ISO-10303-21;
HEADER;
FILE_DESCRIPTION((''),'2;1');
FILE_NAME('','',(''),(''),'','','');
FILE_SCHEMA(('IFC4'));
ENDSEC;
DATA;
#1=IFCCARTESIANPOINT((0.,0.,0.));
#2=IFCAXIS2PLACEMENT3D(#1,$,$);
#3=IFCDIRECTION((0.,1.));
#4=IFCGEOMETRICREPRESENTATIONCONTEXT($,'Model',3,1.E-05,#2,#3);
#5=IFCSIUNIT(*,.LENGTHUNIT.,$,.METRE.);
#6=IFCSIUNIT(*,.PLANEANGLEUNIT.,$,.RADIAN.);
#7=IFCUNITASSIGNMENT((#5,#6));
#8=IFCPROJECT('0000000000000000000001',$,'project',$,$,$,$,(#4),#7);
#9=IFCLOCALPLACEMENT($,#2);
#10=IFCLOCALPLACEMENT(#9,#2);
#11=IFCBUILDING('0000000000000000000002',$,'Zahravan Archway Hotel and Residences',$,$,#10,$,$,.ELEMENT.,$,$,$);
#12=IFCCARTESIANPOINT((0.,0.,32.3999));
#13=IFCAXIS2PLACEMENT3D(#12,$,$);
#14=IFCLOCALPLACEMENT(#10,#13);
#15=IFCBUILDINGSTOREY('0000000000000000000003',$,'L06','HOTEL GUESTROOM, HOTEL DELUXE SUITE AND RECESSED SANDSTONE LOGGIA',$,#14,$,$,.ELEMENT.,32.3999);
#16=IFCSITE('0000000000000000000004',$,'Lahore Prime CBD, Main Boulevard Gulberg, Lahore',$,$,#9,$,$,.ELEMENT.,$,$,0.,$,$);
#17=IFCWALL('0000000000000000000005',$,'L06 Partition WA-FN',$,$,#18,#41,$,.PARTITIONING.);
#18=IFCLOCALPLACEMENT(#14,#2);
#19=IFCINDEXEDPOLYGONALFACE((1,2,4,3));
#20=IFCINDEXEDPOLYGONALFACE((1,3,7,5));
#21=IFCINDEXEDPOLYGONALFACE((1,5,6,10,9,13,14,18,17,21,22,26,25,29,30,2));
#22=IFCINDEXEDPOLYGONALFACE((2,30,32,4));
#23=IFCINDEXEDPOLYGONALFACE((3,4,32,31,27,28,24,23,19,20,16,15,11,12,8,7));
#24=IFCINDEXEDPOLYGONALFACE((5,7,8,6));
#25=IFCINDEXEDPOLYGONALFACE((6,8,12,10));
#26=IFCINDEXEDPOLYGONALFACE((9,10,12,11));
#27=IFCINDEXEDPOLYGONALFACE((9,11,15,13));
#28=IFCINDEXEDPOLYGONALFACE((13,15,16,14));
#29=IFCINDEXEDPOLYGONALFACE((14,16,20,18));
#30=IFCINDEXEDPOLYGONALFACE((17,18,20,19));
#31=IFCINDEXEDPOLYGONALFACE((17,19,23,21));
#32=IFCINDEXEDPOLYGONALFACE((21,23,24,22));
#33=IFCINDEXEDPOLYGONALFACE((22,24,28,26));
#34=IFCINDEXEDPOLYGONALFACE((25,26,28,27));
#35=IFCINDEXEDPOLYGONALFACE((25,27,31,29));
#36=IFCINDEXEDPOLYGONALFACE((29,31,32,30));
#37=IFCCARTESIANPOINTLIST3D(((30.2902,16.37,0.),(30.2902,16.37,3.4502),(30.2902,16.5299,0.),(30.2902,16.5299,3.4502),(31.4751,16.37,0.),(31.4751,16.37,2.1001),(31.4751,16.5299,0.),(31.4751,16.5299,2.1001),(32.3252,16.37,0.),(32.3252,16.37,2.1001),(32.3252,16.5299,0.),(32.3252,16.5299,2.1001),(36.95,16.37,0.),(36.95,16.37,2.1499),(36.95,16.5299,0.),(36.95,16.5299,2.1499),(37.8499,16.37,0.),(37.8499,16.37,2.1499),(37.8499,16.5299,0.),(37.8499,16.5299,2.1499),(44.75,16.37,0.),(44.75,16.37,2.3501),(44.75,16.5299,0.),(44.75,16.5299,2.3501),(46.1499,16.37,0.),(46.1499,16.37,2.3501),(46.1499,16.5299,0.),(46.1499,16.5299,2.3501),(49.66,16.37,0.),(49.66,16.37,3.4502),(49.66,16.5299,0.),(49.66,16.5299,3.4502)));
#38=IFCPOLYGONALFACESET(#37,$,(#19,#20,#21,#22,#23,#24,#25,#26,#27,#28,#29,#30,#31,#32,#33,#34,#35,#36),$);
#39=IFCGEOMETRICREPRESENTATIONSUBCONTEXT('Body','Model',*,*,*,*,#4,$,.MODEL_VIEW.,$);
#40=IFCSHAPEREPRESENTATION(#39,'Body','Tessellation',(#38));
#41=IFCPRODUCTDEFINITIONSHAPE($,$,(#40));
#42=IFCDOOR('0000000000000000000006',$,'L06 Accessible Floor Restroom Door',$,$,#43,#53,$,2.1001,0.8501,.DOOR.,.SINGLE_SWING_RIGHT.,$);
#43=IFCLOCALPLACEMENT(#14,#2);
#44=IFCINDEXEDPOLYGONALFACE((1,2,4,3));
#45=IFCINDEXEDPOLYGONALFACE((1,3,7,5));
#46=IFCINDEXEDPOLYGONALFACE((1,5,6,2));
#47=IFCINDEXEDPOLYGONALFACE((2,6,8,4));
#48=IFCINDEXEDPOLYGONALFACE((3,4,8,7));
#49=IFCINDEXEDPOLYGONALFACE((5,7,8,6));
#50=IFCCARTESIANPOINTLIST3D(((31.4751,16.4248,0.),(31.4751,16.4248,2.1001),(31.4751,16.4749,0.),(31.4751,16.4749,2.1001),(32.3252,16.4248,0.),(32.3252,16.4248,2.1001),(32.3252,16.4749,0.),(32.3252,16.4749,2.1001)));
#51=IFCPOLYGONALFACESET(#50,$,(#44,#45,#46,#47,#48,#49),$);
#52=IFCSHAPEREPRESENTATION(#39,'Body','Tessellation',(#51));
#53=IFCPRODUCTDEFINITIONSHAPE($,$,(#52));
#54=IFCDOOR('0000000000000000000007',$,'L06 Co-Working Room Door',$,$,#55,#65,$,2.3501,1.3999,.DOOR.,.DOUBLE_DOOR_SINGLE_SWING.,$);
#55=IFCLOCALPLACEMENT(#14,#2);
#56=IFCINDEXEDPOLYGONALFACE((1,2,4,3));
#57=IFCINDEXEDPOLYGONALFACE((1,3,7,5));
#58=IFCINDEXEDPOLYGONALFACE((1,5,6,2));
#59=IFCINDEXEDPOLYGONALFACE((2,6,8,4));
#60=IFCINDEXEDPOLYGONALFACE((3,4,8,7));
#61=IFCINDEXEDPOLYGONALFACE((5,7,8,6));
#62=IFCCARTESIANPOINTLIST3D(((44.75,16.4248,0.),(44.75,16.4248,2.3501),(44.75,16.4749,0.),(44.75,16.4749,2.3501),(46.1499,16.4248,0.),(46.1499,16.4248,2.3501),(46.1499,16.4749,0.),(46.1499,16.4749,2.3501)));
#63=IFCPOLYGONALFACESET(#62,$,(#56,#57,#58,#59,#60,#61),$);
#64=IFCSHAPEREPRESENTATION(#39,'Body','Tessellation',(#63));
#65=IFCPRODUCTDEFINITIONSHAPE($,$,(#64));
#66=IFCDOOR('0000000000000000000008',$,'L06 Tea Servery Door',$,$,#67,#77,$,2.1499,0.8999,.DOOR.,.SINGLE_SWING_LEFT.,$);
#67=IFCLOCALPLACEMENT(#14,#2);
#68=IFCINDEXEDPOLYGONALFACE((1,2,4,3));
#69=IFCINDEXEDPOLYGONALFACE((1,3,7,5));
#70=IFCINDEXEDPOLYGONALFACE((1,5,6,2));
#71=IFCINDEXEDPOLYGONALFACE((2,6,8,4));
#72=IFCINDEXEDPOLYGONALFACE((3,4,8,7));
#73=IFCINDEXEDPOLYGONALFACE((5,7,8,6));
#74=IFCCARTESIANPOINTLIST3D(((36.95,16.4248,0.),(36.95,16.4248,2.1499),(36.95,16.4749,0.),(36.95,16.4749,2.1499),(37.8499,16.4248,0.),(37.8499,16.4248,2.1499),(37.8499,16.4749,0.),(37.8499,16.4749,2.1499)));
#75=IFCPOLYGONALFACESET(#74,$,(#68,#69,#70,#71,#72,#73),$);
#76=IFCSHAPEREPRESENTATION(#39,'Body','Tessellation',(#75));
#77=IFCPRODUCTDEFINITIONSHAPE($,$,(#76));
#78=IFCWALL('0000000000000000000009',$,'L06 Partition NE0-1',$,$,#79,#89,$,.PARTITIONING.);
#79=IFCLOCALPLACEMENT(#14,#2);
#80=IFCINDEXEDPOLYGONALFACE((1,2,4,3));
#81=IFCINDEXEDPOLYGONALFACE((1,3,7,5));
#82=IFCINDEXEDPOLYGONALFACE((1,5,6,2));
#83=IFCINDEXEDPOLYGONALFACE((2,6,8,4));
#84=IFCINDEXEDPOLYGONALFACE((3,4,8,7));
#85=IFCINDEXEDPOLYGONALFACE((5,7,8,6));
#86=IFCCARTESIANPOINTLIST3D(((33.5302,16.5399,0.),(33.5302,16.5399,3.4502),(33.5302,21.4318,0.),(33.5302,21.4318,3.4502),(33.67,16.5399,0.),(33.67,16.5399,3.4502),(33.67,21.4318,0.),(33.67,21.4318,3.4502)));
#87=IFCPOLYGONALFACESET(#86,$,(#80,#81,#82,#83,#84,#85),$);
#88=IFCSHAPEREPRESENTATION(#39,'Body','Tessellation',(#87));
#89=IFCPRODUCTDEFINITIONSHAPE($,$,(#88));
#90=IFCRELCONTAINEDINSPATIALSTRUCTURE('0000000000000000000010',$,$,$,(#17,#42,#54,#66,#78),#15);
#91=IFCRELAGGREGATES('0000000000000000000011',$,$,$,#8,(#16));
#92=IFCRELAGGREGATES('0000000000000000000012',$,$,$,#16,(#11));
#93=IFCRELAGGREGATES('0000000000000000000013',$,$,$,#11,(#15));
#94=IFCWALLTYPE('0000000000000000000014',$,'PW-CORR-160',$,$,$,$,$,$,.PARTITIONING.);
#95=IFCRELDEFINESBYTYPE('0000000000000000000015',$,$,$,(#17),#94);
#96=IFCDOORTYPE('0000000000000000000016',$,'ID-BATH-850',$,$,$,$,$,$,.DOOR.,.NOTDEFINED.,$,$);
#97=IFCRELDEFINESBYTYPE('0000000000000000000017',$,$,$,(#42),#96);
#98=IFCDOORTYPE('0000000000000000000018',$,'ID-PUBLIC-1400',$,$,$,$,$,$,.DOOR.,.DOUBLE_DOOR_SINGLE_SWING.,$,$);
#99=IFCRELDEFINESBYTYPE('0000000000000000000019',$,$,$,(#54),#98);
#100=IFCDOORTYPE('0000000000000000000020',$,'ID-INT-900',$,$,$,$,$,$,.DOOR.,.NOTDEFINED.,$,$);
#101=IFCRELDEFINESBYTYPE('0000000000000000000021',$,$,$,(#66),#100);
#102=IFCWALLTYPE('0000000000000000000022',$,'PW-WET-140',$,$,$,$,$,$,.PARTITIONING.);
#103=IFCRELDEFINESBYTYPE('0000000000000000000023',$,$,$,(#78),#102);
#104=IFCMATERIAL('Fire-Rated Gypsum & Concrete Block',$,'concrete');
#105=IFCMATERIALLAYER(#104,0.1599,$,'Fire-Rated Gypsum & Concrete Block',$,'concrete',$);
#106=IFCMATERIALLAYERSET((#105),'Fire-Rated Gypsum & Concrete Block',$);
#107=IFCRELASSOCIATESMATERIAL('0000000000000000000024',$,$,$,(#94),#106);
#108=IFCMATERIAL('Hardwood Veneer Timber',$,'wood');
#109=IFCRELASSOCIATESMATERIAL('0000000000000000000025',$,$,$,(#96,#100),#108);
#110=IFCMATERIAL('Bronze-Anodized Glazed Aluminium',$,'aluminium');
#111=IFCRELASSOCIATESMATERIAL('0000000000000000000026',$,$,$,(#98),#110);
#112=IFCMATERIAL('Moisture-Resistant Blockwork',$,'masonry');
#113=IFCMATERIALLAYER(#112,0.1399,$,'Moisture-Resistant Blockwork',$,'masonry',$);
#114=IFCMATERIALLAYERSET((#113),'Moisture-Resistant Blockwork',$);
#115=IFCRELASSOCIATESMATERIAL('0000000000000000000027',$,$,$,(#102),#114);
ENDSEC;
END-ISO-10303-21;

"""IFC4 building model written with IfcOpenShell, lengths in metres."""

from ifc_helpers import new_model, si_unit, direction, frame, frame_2d, origin, place, context, subcontext, project, spatial, rectangle, extrude, source, transform, mapped, material, layer, layer_set, type_object, type_shapes, element, fill, save


model = new_model("IFC4")

# Units and contexts
model_context = context("Model", 3, precision=1e-05, world=origin(), true_north=direction((0.0, 1.0)))
body_context = subcontext(model_context, "Body", "Model", "MODEL_VIEW")
ifc_project = project(units=[si_unit("LENGTHUNIT", "METRE"), si_unit("PLANEANGLEUNIT", "RADIAN")], contexts=[model_context])

# Site, building, storey
site_placement = place(None, origin())
site = spatial("IfcSite", under=ifc_project, at=site_placement, Name="Lahore Prime CBD, Main Boulevard Gulberg, Lahore", CompositionType="ELEMENT", RefElevation=0.0)
building_placement = place(site_placement, origin())
building = spatial("IfcBuilding", under=site, at=building_placement, Name="Zahravan Archway Hotel and Residences", CompositionType="ELEMENT")
storey_placement = place(building_placement, frame((0.0, 0.0, 32.3999)))
storey = spatial("IfcBuildingStorey", under=building, at=storey_placement, Name="L06", Description="HOTEL GUESTROOM, HOTEL DELUXE SUITE AND RECESSED SANDSTONE LOGGIA", CompositionType="ELEMENT", Elevation=32.3999)

# Wall, openings, doors
ifc_material_1 = material(Name="Fire-Rated Gypsum & Concrete Block", Category="concrete")
ifc_layer_1 = layer(ifc_material_1, 0.1599, Name="Fire-Rated Gypsum & Concrete Block", Category="concrete")
ifc_layer_set_1 = layer_set([ifc_layer_1], Name="Fire-Rated Gypsum & Concrete Block")
wall_type_1 = type_object("IfcWallType", Name="PW-CORR-160", PredefinedType="PARTITIONING", material=ifc_layer_set_1)
wall_1_placement = place(storey_placement, frame((30.29, 16.45, 0.0), z_axis=(0.0, 0.0, 1.0), x_axis=(1.0, 0.0, 0.0)))
wall_1 = element("IfcWall", 1, at=wall_1_placement, inside=storey, type_object=wall_type_1, Name="L06 Partition WA-FN", PredefinedType="PARTITIONING", context=body_context, shape_type="SweptSolid", body=[
    extrude(rectangle(XDim=19.3699, YDim=0.1599, at=frame_2d((9.6851, 0.0))), origin(), (0.0, 0.0, 1.0), 3.4502),
])
opening_1_placement = place(wall_1_placement, frame((1.1851, 0.0, 0.0)))
opening_1 = element("IfcOpeningElement", 2, at=opening_1_placement, cuts=wall_1, PredefinedType="OPENING", context=body_context, shape_type="SweptSolid", body=[
    extrude(rectangle(XDim=0.8501, YDim=2.1001, at=frame_2d((0.425, 1.05))), frame((0.0, 0.0898, 0.0), z_axis=(0.0, -1.0, 0.0), x_axis=(1.0, 0.0, 0.0)), (0.0, 0.0, 1.0), 0.1799),
])
opening_2_placement = place(wall_1_placement, frame((6.6599, 0.0, 0.0)))
opening_2 = element("IfcOpeningElement", 3, at=opening_2_placement, cuts=wall_1, PredefinedType="OPENING", context=body_context, shape_type="SweptSolid", body=[
    extrude(rectangle(XDim=0.8999, YDim=2.1499, at=frame_2d((0.45, 1.075))), frame((0.0, 0.0898, 0.0), z_axis=(0.0, -1.0, 0.0), x_axis=(1.0, 0.0, 0.0)), (0.0, 0.0, 1.0), 0.1799),
])
opening_3_placement = place(wall_1_placement, frame((14.46, 0.0, 0.0)))
opening_3 = element("IfcOpeningElement", 4, at=opening_3_placement, cuts=wall_1, PredefinedType="OPENING", context=body_context, shape_type="SweptSolid", body=[
    extrude(rectangle(XDim=1.3999, YDim=2.3501, at=frame_2d((0.7, 1.175))), frame((0.0, 0.0898, 0.0), z_axis=(0.0, -1.0, 0.0), x_axis=(1.0, 0.0, 0.0)), (0.0, 0.0, 1.0), 0.1799),
])
ifc_material_2 = material(Name="Hardwood Veneer Timber", Category="wood")
door_type_1 = type_object("IfcDoorType", Name="ID-BATH-850", OperationType="NOTDEFINED", PredefinedType="DOOR", material=ifc_material_2)
shared_shape_1 = source(origin(), body_context, "Body", "SweptSolid", [
    extrude(rectangle(XDim=0.8501, YDim=2.1001, at=frame_2d((0.425, 1.05))), frame((0.0, 0.0249, 0.0), z_axis=(0.0, -1.0, 0.0), x_axis=(1.0, 0.0, 0.0)), (0.0, 0.0, 1.0), 0.05),
])
type_shapes(door_type_1, [shared_shape_1])
door_1_placement = place(opening_1_placement, origin())
door_1 = element("IfcDoor", 5, at=door_1_placement, inside=storey, type_object=door_type_1, Name="L06 Accessible Floor Restroom Door", OperationType="SINGLE_SWING_RIGHT", OverallHeight=2.1001, OverallWidth=0.8501, PredefinedType="DOOR", context=body_context, shape_type="MappedRepresentation", body=[
    mapped(shared_shape_1, transform((0.0, 0.0, 0.0), scale=1.0)),
])
fill(opening_1, door_1)
ifc_material_3 = material(Name="Bronze-Anodized Glazed Aluminium", Category="aluminium")
door_type_2 = type_object("IfcDoorType", Name="ID-PUBLIC-1400", OperationType="DOUBLE_DOOR_SINGLE_SWING", PredefinedType="DOOR", material=ifc_material_3)
shared_shape_2 = source(origin(), body_context, "Body", "SweptSolid", [
    extrude(rectangle(XDim=1.3999, YDim=2.3501, at=frame_2d((0.7, 1.175))), frame((0.0, 0.0249, 0.0), z_axis=(0.0, -1.0, 0.0), x_axis=(1.0, 0.0, 0.0)), (0.0, 0.0, 1.0), 0.05),
])
type_shapes(door_type_2, [shared_shape_2])
door_2_placement = place(opening_3_placement, origin())
door_2 = element("IfcDoor", 6, at=door_2_placement, inside=storey, type_object=door_type_2, Name="L06 Co-Working Room Door", OperationType="DOUBLE_DOOR_SINGLE_SWING", OverallHeight=2.3501, OverallWidth=1.3999, PredefinedType="DOOR", context=body_context, shape_type="MappedRepresentation", body=[
    mapped(shared_shape_2, transform((0.0, 0.0, 0.0), scale=1.0)),
])
fill(opening_3, door_2)
door_type_3 = type_object("IfcDoorType", Name="ID-INT-900", OperationType="NOTDEFINED", PredefinedType="DOOR", material=ifc_material_2)
shared_shape_3 = source(origin(), body_context, "Body", "SweptSolid", [
    extrude(rectangle(XDim=0.8999, YDim=2.1499, at=frame_2d((0.45, 1.075))), frame((0.0, 0.0249, 0.0), z_axis=(0.0, -1.0, 0.0), x_axis=(1.0, 0.0, 0.0)), (0.0, 0.0, 1.0), 0.05),
])
type_shapes(door_type_3, [shared_shape_3])
door_3_placement = place(opening_2_placement, origin())
door_3 = element("IfcDoor", 7, at=door_3_placement, inside=storey, type_object=door_type_3, Name="L06 Tea Servery Door", OperationType="SINGLE_SWING_LEFT", OverallHeight=2.1499, OverallWidth=0.8999, PredefinedType="DOOR", context=body_context, shape_type="MappedRepresentation", body=[
    mapped(shared_shape_3, transform((0.0, 0.0, 0.0), scale=1.0)),
])
fill(opening_2, door_3)

# Wall
ifc_material_4 = material(Name="Moisture-Resistant Blockwork", Category="masonry")
ifc_layer_2 = layer(ifc_material_4, 0.1399, Name="Moisture-Resistant Blockwork", Category="masonry")
ifc_layer_set_2 = layer_set([ifc_layer_2], Name="Moisture-Resistant Blockwork")
wall_type_2 = type_object("IfcWallType", Name="PW-WET-140", PredefinedType="PARTITIONING", material=ifc_layer_set_2)
wall_2_placement = place(storey_placement, frame((33.6001, 16.54, 0.0), z_axis=(0.0, 0.0, 1.0), x_axis=(0.0, 1.0, 0.0)))
element("IfcWall", 8, at=wall_2_placement, inside=storey, type_object=wall_type_2, Name="L06 Partition NE0-1", PredefinedType="PARTITIONING", context=body_context, shape_type="SweptSolid", body=[
    extrude(rectangle(XDim=4.8918, YDim=0.1399, at=frame_2d((2.4458, 0.0))), origin(), (0.0, 0.0, 1.0), 3.4502),
])

save(model, "model.ifc")
